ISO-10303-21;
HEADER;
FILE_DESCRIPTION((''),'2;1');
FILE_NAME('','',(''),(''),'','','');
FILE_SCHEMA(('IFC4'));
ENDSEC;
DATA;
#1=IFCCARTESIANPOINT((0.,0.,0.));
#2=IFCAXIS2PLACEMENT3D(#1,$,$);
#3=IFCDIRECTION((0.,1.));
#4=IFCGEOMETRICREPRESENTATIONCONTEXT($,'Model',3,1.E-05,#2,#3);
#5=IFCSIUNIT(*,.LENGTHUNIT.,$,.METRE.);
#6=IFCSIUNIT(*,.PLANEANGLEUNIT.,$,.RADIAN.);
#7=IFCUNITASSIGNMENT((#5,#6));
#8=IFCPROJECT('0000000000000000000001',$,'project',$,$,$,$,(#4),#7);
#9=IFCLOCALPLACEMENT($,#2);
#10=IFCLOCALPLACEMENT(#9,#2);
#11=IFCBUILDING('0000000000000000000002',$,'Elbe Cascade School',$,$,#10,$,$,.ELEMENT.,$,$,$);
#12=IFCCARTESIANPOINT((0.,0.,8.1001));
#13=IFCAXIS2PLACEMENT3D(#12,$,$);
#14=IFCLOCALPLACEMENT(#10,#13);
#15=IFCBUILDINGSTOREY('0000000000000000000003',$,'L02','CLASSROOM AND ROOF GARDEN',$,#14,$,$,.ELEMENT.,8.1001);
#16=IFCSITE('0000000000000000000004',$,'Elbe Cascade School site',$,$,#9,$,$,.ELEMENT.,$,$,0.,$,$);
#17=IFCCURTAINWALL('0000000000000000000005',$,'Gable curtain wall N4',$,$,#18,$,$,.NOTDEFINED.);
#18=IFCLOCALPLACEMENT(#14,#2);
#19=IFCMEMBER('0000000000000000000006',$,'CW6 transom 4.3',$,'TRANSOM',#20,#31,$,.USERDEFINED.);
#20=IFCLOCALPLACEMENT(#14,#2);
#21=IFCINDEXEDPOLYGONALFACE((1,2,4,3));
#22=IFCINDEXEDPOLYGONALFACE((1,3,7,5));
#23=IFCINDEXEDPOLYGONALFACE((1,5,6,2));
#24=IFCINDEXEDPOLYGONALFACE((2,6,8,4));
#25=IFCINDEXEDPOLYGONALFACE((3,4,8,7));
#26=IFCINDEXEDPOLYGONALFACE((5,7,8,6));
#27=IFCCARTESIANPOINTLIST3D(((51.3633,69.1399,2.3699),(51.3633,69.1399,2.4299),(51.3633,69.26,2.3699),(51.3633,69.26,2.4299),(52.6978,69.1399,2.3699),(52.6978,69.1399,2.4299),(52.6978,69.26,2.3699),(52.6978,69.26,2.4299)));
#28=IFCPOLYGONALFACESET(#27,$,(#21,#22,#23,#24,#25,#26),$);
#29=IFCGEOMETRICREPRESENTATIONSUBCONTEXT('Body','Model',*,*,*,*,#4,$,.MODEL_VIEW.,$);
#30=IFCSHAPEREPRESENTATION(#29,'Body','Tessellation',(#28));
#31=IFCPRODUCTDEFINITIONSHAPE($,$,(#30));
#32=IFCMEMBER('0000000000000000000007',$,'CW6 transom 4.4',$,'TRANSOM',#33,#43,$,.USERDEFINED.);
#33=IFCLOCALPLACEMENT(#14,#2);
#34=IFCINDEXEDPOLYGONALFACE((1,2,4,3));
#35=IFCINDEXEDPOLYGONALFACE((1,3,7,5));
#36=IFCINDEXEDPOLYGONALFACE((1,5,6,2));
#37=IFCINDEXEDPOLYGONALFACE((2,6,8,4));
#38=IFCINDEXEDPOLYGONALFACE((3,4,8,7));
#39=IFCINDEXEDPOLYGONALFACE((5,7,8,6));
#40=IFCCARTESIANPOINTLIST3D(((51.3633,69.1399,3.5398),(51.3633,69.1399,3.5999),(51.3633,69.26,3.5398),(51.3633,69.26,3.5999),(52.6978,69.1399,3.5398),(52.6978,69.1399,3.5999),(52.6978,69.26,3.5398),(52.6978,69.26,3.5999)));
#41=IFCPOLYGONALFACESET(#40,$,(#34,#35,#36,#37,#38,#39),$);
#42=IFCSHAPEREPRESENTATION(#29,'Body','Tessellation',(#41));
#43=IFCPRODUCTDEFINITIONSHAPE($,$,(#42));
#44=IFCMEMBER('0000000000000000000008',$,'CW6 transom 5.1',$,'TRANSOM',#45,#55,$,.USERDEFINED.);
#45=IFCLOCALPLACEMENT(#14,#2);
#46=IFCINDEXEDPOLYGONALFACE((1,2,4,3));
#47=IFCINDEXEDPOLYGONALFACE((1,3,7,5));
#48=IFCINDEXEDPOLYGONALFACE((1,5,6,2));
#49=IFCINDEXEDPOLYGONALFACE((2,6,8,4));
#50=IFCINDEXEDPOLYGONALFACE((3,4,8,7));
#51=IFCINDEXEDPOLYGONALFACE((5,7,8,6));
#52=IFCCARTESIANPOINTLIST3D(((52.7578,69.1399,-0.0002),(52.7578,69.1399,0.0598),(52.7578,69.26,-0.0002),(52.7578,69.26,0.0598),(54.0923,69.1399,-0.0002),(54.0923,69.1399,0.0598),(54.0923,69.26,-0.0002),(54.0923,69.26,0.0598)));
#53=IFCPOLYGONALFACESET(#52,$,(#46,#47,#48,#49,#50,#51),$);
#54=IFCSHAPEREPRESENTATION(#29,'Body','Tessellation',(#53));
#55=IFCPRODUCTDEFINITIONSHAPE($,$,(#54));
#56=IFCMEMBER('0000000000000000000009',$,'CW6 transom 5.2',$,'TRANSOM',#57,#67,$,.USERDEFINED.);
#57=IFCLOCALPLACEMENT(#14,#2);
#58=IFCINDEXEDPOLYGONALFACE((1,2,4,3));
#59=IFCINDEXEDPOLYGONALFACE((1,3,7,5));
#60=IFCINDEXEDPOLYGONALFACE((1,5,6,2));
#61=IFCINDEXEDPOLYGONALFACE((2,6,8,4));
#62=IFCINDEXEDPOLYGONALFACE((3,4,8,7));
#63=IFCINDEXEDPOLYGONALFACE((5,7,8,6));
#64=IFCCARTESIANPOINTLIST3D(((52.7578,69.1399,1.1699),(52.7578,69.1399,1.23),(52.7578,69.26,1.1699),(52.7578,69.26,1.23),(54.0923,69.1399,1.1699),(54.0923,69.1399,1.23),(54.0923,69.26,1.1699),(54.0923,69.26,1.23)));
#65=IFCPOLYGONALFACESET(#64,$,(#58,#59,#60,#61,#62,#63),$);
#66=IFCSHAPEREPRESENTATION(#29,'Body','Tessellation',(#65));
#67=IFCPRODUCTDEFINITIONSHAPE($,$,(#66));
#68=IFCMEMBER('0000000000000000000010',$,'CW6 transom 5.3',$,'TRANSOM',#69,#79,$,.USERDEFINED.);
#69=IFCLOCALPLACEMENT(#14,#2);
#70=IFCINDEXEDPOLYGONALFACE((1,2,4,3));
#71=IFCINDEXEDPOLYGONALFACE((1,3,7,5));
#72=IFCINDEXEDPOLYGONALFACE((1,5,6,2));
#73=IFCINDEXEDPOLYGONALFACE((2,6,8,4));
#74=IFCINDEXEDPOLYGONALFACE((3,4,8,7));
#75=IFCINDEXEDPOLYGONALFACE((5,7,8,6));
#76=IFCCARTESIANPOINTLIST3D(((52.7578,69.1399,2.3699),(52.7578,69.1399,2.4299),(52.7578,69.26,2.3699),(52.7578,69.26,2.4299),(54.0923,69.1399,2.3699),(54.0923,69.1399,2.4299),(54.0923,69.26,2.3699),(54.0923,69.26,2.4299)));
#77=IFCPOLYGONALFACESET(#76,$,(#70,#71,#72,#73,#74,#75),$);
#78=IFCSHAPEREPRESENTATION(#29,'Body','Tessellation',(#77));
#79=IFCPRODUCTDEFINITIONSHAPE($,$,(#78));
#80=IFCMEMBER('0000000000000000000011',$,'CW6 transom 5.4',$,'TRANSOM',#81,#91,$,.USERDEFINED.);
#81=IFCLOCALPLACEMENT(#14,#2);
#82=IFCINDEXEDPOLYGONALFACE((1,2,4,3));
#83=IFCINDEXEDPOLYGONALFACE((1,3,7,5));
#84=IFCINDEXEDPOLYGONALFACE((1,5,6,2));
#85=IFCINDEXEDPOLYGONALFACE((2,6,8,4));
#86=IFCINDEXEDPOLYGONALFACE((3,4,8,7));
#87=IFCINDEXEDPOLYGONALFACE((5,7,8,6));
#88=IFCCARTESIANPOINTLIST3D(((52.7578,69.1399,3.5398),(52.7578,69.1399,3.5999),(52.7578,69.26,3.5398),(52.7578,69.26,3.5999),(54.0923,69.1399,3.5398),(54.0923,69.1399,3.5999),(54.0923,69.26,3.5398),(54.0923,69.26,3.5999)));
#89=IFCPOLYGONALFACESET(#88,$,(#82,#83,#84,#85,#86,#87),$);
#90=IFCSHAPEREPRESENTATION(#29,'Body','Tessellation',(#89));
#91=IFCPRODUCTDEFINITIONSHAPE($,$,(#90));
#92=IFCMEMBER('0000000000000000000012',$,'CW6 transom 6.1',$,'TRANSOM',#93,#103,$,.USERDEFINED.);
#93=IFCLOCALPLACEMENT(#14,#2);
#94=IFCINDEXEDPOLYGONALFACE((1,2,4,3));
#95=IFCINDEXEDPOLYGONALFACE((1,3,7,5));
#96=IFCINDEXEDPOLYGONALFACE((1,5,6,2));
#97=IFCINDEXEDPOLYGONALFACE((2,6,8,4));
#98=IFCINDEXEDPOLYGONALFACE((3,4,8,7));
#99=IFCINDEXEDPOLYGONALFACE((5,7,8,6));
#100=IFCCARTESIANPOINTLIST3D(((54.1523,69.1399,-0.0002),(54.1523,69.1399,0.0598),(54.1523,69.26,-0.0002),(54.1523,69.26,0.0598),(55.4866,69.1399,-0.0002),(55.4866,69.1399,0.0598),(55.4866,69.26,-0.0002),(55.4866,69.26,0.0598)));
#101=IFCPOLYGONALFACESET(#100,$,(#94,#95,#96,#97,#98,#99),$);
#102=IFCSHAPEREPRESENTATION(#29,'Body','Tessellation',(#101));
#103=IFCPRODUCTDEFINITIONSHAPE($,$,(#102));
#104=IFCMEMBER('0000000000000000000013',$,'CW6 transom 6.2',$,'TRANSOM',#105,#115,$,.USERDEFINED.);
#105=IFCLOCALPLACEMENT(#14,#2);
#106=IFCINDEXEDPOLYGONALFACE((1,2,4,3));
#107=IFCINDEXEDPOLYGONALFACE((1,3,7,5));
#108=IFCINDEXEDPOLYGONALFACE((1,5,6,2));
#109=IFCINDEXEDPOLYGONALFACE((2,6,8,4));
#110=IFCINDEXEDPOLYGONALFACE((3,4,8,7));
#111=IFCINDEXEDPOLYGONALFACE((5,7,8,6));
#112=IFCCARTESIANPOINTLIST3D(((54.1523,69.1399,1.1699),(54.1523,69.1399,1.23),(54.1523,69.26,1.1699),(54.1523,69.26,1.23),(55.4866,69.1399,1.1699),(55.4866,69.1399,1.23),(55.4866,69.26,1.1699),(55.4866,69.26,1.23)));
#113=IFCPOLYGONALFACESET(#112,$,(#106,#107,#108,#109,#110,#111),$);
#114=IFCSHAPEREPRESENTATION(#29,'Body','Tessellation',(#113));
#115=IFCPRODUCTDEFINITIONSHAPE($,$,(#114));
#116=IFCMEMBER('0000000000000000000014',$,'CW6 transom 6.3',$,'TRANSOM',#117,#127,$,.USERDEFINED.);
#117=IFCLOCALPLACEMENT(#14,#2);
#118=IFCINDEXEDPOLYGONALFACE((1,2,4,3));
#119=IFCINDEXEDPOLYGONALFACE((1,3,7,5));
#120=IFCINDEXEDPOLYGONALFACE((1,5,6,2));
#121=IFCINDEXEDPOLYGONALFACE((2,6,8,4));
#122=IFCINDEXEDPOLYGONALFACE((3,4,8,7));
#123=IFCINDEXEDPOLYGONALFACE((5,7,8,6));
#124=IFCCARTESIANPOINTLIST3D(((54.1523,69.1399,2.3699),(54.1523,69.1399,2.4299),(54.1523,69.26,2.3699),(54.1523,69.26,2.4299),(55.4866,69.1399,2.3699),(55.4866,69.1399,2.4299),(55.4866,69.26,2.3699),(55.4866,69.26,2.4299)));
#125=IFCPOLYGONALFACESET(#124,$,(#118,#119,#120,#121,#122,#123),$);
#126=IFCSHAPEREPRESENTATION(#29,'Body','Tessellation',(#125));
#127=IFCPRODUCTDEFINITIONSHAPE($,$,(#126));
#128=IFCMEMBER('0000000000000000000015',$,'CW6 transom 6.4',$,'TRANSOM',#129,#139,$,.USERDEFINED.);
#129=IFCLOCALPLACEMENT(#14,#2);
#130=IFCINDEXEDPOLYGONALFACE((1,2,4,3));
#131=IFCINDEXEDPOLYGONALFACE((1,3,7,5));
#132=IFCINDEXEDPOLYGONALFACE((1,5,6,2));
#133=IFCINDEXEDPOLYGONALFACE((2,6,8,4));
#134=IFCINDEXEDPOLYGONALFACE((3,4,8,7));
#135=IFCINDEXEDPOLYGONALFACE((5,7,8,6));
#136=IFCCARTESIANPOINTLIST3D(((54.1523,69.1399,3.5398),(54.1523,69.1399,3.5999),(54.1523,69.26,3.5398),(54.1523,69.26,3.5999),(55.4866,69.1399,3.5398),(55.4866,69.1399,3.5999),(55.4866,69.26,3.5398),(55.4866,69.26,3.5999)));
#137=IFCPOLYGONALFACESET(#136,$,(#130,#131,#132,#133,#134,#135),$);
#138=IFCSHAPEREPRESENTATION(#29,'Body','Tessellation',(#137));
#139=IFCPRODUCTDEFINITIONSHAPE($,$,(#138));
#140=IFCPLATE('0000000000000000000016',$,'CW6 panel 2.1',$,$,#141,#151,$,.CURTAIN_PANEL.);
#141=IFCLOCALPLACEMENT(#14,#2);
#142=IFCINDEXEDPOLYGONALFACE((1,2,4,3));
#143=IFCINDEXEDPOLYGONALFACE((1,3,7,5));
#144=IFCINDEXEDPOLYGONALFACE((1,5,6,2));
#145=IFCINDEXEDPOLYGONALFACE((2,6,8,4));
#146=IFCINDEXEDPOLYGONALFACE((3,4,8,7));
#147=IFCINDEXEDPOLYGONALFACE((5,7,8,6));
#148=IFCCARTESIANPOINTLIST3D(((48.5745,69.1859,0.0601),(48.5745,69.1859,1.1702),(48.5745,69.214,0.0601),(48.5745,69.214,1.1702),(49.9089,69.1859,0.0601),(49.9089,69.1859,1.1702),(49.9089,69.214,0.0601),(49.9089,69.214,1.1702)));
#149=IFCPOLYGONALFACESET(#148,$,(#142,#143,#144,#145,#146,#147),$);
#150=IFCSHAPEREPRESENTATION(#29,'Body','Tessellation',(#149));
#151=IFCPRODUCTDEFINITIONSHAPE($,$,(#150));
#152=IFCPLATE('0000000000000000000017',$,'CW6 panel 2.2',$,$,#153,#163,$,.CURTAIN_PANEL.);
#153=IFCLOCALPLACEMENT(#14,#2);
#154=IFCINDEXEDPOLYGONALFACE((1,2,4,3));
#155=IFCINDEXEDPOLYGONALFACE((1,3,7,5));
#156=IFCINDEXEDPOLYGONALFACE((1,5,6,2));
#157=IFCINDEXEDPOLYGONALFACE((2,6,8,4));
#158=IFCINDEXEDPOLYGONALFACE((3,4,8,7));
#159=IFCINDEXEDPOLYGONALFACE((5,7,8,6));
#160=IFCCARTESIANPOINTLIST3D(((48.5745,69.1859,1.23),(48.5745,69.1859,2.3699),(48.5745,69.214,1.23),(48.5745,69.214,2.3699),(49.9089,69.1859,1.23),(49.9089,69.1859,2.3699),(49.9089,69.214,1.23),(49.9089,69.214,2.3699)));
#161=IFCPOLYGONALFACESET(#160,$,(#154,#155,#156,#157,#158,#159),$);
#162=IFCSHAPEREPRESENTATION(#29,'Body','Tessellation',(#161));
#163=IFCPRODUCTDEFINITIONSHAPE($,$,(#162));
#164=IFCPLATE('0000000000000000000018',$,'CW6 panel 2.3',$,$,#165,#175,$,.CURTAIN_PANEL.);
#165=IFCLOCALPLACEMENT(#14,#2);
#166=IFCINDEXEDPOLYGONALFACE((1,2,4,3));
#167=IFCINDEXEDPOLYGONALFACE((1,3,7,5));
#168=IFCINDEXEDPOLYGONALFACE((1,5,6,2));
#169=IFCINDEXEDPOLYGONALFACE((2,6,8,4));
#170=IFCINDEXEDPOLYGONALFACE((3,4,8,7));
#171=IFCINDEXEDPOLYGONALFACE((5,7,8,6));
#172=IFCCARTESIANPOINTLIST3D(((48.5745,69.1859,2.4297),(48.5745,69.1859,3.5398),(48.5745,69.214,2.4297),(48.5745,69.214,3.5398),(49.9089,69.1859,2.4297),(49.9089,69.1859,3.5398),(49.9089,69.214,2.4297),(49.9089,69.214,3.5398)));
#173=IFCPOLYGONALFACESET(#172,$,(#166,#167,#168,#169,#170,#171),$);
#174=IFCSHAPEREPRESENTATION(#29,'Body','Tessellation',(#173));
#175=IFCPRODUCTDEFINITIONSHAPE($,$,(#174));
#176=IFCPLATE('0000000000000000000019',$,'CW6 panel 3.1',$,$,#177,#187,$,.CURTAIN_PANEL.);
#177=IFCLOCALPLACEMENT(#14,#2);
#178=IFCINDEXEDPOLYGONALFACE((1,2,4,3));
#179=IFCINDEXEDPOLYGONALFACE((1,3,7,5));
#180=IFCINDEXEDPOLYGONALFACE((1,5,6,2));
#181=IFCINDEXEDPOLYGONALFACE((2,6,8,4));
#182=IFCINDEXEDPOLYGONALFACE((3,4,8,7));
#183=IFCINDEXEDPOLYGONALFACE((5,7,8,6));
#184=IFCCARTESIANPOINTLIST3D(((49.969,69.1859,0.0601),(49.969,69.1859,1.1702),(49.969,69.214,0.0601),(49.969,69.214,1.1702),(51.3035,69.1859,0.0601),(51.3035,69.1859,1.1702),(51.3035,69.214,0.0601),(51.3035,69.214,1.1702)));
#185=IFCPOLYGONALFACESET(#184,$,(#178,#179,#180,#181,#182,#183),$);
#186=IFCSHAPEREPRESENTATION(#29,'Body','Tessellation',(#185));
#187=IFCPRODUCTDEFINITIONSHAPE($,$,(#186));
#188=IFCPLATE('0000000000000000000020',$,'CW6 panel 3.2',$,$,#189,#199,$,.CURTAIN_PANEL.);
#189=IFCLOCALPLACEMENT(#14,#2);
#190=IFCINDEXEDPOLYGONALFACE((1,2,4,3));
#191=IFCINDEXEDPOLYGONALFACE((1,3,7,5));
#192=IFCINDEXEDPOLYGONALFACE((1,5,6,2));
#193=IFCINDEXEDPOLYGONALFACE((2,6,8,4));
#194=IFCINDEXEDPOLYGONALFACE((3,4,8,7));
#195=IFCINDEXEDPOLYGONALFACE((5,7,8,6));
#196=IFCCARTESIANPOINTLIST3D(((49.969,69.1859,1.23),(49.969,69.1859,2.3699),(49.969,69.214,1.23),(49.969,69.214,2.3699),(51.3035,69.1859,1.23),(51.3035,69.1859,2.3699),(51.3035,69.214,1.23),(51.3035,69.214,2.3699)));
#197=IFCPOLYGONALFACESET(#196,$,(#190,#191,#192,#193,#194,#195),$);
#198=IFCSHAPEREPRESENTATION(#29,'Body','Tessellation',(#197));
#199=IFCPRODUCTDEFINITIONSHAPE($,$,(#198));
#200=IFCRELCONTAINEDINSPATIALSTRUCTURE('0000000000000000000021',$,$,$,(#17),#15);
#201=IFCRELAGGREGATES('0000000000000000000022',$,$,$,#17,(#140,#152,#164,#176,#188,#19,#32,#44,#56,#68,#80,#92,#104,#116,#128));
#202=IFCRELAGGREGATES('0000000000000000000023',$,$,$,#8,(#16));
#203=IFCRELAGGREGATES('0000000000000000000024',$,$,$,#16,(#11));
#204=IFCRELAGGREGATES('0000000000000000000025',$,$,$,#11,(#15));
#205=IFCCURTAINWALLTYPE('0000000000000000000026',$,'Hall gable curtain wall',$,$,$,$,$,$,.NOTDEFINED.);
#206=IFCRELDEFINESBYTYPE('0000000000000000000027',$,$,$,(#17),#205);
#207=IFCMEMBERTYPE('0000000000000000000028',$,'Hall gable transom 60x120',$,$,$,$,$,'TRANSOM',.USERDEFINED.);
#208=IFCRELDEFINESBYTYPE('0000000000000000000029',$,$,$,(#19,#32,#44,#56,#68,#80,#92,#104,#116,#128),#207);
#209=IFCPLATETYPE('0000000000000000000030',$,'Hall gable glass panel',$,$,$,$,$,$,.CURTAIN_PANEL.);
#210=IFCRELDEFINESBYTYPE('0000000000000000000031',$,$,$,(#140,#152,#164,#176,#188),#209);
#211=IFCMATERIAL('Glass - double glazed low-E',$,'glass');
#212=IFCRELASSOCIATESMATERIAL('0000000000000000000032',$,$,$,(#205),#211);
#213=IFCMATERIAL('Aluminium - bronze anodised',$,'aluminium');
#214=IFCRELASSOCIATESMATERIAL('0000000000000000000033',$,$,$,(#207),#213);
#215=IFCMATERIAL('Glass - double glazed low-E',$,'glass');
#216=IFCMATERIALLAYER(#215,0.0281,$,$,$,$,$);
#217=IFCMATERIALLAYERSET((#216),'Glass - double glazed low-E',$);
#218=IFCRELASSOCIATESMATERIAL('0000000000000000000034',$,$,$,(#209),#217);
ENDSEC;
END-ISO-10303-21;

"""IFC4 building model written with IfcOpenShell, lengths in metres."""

from ifc_helpers import new_model, si_unit, direction, frame, origin, origin_2d, place, context, subcontext, project, spatial, rectangle, extrude, material, layer, layer_set, material_profile, profile_set, type_object, element, aggregate, save


model = new_model("IFC4")

# Units and contexts
model_context = context("Model", 3, precision=1e-05, world=origin(), true_north=direction((0.0, 1.0)))
body_context = subcontext(model_context, "Body", "Model", "MODEL_VIEW")
ifc_project = project(units=[si_unit("LENGTHUNIT", "METRE"), si_unit("PLANEANGLEUNIT", "RADIAN")], contexts=[model_context])

# Site, building, storey
site_placement = place(None, origin())
site = spatial("IfcSite", under=ifc_project, at=site_placement, Name="Elbe Cascade School site", CompositionType="ELEMENT", RefElevation=0.0)
building_placement = place(site_placement, origin())
building = spatial("IfcBuilding", under=site, at=building_placement, Name="Elbe Cascade School", CompositionType="ELEMENT")
storey_placement = place(building_placement, frame((0.0, 0.0, 8.1001)))
storey = spatial("IfcBuildingStorey", under=building, at=storey_placement, Name="L02", Description="CLASSROOM AND ROOF GARDEN", CompositionType="ELEMENT", Elevation=8.1001)

# Curtain wall, members, plates
ifc_material_1 = material(Name="Glass - double glazed low-E", Category="glass")
curtain_wall_type = type_object("IfcCurtainWallType", Name="Hall gable curtain wall", PredefinedType="NOTDEFINED", material=ifc_material_1)
curtain_wall_placement = place(storey_placement, origin())
curtain_wall = element("IfcCurtainWall", 1, at=curtain_wall_placement, inside=storey, type_object=curtain_wall_type, Name="Gable curtain wall N4", PredefinedType="NOTDEFINED")
ifc_material_2 = material(Name="Aluminium - bronze anodised", Category="aluminium")
ifc_material_profile_1 = material_profile(ifc_material_2, rectangle(XDim=0.1201, YDim=0.0601, at=origin_2d()), Name="Alu 60x120")
ifc_profile_set_1 = profile_set([ifc_material_profile_1], Name="Aluminium - bronze anodised")
member_type_1 = type_object("IfcMemberType", Name="Hall gable transom 60x120", ElementType="TRANSOM", PredefinedType="USERDEFINED", material=ifc_profile_set_1)
member_1_placement = place(storey_placement, frame((51.3633, 69.2, 2.3999), z_axis=(1.0, 0.0, 0.0), x_axis=(0.0, 1.0, 0.0)))
member_1 = element("IfcMember", 2, at=member_1_placement, type_object=member_type_1, Name="CW6 transom 4.3", ObjectType="TRANSOM", PredefinedType="USERDEFINED", context=body_context, shape_type="SweptSolid", body=[
    extrude(rectangle(XDim=0.1201, YDim=0.0601, at=origin_2d()), origin(), (0.0, 0.0, 1.0), 1.3345),
])
member_2_placement = place(storey_placement, frame((51.3633, 69.2, 3.5698), z_axis=(1.0, 0.0, 0.0), x_axis=(0.0, 1.0, 0.0)))
member_2 = element("IfcMember", 3, at=member_2_placement, type_object=member_type_1, Name="CW6 transom 4.4", ObjectType="TRANSOM", PredefinedType="USERDEFINED", context=body_context, shape_type="SweptSolid", body=[
    extrude(rectangle(XDim=0.1201, YDim=0.0601, at=origin_2d()), origin(), (0.0, 0.0, 1.0), 1.3345),
])
member_3_placement = place(storey_placement, frame((52.7578, 69.2, 0.0298), z_axis=(1.0, 0.0, 0.0), x_axis=(0.0, 1.0, 0.0)))
member_3 = element("IfcMember", 4, at=member_3_placement, type_object=member_type_1, Name="CW6 transom 5.1", ObjectType="TRANSOM", PredefinedType="USERDEFINED", context=body_context, shape_type="SweptSolid", body=[
    extrude(rectangle(XDim=0.1201, YDim=0.0601, at=origin_2d()), origin(), (0.0, 0.0, 1.0), 1.3345),
])
member_4_placement = place(storey_placement, frame((52.7578, 69.2, 1.2), z_axis=(1.0, 0.0, 0.0), x_axis=(0.0, 1.0, 0.0)))
member_4 = element("IfcMember", 5, at=member_4_placement, type_object=member_type_1, Name="CW6 transom 5.2", ObjectType="TRANSOM", PredefinedType="USERDEFINED", context=body_context, shape_type="SweptSolid", body=[
    extrude(rectangle(XDim=0.1201, YDim=0.0601, at=origin_2d()), origin(), (0.0, 0.0, 1.0), 1.3345),
])
member_5_placement = place(storey_placement, frame((52.7578, 69.2, 2.3999), z_axis=(1.0, 0.0, 0.0), x_axis=(0.0, 1.0, 0.0)))
member_5 = element("IfcMember", 6, at=member_5_placement, type_object=member_type_1, Name="CW6 transom 5.3", ObjectType="TRANSOM", PredefinedType="USERDEFINED", context=body_context, shape_type="SweptSolid", body=[
    extrude(rectangle(XDim=0.1201, YDim=0.0601, at=origin_2d()), origin(), (0.0, 0.0, 1.0), 1.3345),
])
member_6_placement = place(storey_placement, frame((52.7578, 69.2, 3.5698), z_axis=(1.0, 0.0, 0.0), x_axis=(0.0, 1.0, 0.0)))
member_6 = element("IfcMember", 7, at=member_6_placement, type_object=member_type_1, Name="CW6 transom 5.4", ObjectType="TRANSOM", PredefinedType="USERDEFINED", context=body_context, shape_type="SweptSolid", body=[
    extrude(rectangle(XDim=0.1201, YDim=0.0601, at=origin_2d()), origin(), (0.0, 0.0, 1.0), 1.3345),
])
member_7_placement = place(storey_placement, frame((54.1523, 69.2, 0.0298), z_axis=(1.0, 0.0, 0.0), x_axis=(0.0, 1.0, 0.0)))
member_7 = element("IfcMember", 8, at=member_7_placement, type_object=member_type_1, Name="CW6 transom 6.1", ObjectType="TRANSOM", PredefinedType="USERDEFINED", context=body_context, shape_type="SweptSolid", body=[
    extrude(rectangle(XDim=0.1201, YDim=0.0601, at=origin_2d()), origin(), (0.0, 0.0, 1.0), 1.3342),
])
member_8_placement = place(storey_placement, frame((54.1523, 69.2, 1.2), z_axis=(1.0, 0.0, 0.0), x_axis=(0.0, 1.0, 0.0)))
member_8 = element("IfcMember", 9, at=member_8_placement, type_object=member_type_1, Name="CW6 transom 6.2", ObjectType="TRANSOM", PredefinedType="USERDEFINED", context=body_context, shape_type="SweptSolid", body=[
    extrude(rectangle(XDim=0.1201, YDim=0.0601, at=origin_2d()), origin(), (0.0, 0.0, 1.0), 1.3342),
])
member_9_placement = place(storey_placement, frame((54.1523, 69.2, 2.3999), z_axis=(1.0, 0.0, 0.0), x_axis=(0.0, 1.0, 0.0)))
member_9 = element("IfcMember", 10, at=member_9_placement, type_object=member_type_1, Name="CW6 transom 6.3", ObjectType="TRANSOM", PredefinedType="USERDEFINED", context=body_context, shape_type="SweptSolid", body=[
    extrude(rectangle(XDim=0.1201, YDim=0.0601, at=origin_2d()), origin(), (0.0, 0.0, 1.0), 1.3342),
])
member_10_placement = place(storey_placement, frame((54.1523, 69.2, 3.5698), z_axis=(1.0, 0.0, 0.0), x_axis=(0.0, 1.0, 0.0)))
member_10 = element("IfcMember", 11, at=member_10_placement, type_object=member_type_1, Name="CW6 transom 6.4", ObjectType="TRANSOM", PredefinedType="USERDEFINED", context=body_context, shape_type="SweptSolid", body=[
    extrude(rectangle(XDim=0.1201, YDim=0.0601, at=origin_2d()), origin(), (0.0, 0.0, 1.0), 1.3342),
])
ifc_material_3 = material(Name="Glass - double glazed low-E", Category="glass")
ifc_layer = layer(ifc_material_3, 0.0281)
ifc_layer_set = layer_set([ifc_layer], Name="Glass - double glazed low-E")
plate_type = type_object("IfcPlateType", Name="Hall gable glass panel", PredefinedType="CURTAIN_PANEL", material=ifc_layer_set)
plate_1_placement = place(storey_placement, frame((49.2417, 69.2, 0.0601), z_axis=(0.0, 0.0, 1.0), x_axis=(1.0, 0.0, 0.0)))
plate_1 = element("IfcPlate", 12, at=plate_1_placement, type_object=plate_type, Name="CW6 panel 2.1", PredefinedType="CURTAIN_PANEL", context=body_context, shape_type="SweptSolid", body=[
    extrude(rectangle(XDim=1.3345, YDim=0.0281, at=origin_2d()), origin(), (0.0, 0.0, 1.0), 1.1101),
])
plate_2_placement = place(storey_placement, frame((49.2417, 69.2, 1.23), z_axis=(0.0, 0.0, 1.0), x_axis=(1.0, 0.0, 0.0)))
plate_2 = element("IfcPlate", 13, at=plate_2_placement, type_object=plate_type, Name="CW6 panel 2.2", PredefinedType="CURTAIN_PANEL", context=body_context, shape_type="SweptSolid", body=[
    extrude(rectangle(XDim=1.3345, YDim=0.0281, at=origin_2d()), origin(), (0.0, 0.0, 1.0), 1.1399),
])
plate_3_placement = place(storey_placement, frame((49.2417, 69.2, 2.4297), z_axis=(0.0, 0.0, 1.0), x_axis=(1.0, 0.0, 0.0)))
plate_3 = element("IfcPlate", 14, at=plate_3_placement, type_object=plate_type, Name="CW6 panel 2.3", PredefinedType="CURTAIN_PANEL", context=body_context, shape_type="SweptSolid", body=[
    extrude(rectangle(XDim=1.3345, YDim=0.0281, at=origin_2d()), origin(), (0.0, 0.0, 1.0), 1.1101),
])
plate_4_placement = place(storey_placement, frame((50.6362, 69.2, 0.0601), z_axis=(0.0, 0.0, 1.0), x_axis=(1.0, 0.0, 0.0)))
plate_4 = element("IfcPlate", 15, at=plate_4_placement, type_object=plate_type, Name="CW6 panel 3.1", PredefinedType="CURTAIN_PANEL", context=body_context, shape_type="SweptSolid", body=[
    extrude(rectangle(XDim=1.3345, YDim=0.0281, at=origin_2d()), origin(), (0.0, 0.0, 1.0), 1.1101),
])
plate_5_placement = place(storey_placement, frame((50.6362, 69.2, 1.23), z_axis=(0.0, 0.0, 1.0), x_axis=(1.0, 0.0, 0.0)))
plate_5 = element("IfcPlate", 16, at=plate_5_placement, type_object=plate_type, Name="CW6 panel 3.2", PredefinedType="CURTAIN_PANEL", context=body_context, shape_type="SweptSolid", body=[
    extrude(rectangle(XDim=1.3345, YDim=0.0281, at=origin_2d()), origin(), (0.0, 0.0, 1.0), 1.1399),
])
aggregate(curtain_wall, [plate_1, plate_2, plate_3, plate_4, plate_5, member_1, member_2, member_3, member_4, member_5, member_6, member_7, member_8, member_9, member_10])

save(model, "model.ifc")
